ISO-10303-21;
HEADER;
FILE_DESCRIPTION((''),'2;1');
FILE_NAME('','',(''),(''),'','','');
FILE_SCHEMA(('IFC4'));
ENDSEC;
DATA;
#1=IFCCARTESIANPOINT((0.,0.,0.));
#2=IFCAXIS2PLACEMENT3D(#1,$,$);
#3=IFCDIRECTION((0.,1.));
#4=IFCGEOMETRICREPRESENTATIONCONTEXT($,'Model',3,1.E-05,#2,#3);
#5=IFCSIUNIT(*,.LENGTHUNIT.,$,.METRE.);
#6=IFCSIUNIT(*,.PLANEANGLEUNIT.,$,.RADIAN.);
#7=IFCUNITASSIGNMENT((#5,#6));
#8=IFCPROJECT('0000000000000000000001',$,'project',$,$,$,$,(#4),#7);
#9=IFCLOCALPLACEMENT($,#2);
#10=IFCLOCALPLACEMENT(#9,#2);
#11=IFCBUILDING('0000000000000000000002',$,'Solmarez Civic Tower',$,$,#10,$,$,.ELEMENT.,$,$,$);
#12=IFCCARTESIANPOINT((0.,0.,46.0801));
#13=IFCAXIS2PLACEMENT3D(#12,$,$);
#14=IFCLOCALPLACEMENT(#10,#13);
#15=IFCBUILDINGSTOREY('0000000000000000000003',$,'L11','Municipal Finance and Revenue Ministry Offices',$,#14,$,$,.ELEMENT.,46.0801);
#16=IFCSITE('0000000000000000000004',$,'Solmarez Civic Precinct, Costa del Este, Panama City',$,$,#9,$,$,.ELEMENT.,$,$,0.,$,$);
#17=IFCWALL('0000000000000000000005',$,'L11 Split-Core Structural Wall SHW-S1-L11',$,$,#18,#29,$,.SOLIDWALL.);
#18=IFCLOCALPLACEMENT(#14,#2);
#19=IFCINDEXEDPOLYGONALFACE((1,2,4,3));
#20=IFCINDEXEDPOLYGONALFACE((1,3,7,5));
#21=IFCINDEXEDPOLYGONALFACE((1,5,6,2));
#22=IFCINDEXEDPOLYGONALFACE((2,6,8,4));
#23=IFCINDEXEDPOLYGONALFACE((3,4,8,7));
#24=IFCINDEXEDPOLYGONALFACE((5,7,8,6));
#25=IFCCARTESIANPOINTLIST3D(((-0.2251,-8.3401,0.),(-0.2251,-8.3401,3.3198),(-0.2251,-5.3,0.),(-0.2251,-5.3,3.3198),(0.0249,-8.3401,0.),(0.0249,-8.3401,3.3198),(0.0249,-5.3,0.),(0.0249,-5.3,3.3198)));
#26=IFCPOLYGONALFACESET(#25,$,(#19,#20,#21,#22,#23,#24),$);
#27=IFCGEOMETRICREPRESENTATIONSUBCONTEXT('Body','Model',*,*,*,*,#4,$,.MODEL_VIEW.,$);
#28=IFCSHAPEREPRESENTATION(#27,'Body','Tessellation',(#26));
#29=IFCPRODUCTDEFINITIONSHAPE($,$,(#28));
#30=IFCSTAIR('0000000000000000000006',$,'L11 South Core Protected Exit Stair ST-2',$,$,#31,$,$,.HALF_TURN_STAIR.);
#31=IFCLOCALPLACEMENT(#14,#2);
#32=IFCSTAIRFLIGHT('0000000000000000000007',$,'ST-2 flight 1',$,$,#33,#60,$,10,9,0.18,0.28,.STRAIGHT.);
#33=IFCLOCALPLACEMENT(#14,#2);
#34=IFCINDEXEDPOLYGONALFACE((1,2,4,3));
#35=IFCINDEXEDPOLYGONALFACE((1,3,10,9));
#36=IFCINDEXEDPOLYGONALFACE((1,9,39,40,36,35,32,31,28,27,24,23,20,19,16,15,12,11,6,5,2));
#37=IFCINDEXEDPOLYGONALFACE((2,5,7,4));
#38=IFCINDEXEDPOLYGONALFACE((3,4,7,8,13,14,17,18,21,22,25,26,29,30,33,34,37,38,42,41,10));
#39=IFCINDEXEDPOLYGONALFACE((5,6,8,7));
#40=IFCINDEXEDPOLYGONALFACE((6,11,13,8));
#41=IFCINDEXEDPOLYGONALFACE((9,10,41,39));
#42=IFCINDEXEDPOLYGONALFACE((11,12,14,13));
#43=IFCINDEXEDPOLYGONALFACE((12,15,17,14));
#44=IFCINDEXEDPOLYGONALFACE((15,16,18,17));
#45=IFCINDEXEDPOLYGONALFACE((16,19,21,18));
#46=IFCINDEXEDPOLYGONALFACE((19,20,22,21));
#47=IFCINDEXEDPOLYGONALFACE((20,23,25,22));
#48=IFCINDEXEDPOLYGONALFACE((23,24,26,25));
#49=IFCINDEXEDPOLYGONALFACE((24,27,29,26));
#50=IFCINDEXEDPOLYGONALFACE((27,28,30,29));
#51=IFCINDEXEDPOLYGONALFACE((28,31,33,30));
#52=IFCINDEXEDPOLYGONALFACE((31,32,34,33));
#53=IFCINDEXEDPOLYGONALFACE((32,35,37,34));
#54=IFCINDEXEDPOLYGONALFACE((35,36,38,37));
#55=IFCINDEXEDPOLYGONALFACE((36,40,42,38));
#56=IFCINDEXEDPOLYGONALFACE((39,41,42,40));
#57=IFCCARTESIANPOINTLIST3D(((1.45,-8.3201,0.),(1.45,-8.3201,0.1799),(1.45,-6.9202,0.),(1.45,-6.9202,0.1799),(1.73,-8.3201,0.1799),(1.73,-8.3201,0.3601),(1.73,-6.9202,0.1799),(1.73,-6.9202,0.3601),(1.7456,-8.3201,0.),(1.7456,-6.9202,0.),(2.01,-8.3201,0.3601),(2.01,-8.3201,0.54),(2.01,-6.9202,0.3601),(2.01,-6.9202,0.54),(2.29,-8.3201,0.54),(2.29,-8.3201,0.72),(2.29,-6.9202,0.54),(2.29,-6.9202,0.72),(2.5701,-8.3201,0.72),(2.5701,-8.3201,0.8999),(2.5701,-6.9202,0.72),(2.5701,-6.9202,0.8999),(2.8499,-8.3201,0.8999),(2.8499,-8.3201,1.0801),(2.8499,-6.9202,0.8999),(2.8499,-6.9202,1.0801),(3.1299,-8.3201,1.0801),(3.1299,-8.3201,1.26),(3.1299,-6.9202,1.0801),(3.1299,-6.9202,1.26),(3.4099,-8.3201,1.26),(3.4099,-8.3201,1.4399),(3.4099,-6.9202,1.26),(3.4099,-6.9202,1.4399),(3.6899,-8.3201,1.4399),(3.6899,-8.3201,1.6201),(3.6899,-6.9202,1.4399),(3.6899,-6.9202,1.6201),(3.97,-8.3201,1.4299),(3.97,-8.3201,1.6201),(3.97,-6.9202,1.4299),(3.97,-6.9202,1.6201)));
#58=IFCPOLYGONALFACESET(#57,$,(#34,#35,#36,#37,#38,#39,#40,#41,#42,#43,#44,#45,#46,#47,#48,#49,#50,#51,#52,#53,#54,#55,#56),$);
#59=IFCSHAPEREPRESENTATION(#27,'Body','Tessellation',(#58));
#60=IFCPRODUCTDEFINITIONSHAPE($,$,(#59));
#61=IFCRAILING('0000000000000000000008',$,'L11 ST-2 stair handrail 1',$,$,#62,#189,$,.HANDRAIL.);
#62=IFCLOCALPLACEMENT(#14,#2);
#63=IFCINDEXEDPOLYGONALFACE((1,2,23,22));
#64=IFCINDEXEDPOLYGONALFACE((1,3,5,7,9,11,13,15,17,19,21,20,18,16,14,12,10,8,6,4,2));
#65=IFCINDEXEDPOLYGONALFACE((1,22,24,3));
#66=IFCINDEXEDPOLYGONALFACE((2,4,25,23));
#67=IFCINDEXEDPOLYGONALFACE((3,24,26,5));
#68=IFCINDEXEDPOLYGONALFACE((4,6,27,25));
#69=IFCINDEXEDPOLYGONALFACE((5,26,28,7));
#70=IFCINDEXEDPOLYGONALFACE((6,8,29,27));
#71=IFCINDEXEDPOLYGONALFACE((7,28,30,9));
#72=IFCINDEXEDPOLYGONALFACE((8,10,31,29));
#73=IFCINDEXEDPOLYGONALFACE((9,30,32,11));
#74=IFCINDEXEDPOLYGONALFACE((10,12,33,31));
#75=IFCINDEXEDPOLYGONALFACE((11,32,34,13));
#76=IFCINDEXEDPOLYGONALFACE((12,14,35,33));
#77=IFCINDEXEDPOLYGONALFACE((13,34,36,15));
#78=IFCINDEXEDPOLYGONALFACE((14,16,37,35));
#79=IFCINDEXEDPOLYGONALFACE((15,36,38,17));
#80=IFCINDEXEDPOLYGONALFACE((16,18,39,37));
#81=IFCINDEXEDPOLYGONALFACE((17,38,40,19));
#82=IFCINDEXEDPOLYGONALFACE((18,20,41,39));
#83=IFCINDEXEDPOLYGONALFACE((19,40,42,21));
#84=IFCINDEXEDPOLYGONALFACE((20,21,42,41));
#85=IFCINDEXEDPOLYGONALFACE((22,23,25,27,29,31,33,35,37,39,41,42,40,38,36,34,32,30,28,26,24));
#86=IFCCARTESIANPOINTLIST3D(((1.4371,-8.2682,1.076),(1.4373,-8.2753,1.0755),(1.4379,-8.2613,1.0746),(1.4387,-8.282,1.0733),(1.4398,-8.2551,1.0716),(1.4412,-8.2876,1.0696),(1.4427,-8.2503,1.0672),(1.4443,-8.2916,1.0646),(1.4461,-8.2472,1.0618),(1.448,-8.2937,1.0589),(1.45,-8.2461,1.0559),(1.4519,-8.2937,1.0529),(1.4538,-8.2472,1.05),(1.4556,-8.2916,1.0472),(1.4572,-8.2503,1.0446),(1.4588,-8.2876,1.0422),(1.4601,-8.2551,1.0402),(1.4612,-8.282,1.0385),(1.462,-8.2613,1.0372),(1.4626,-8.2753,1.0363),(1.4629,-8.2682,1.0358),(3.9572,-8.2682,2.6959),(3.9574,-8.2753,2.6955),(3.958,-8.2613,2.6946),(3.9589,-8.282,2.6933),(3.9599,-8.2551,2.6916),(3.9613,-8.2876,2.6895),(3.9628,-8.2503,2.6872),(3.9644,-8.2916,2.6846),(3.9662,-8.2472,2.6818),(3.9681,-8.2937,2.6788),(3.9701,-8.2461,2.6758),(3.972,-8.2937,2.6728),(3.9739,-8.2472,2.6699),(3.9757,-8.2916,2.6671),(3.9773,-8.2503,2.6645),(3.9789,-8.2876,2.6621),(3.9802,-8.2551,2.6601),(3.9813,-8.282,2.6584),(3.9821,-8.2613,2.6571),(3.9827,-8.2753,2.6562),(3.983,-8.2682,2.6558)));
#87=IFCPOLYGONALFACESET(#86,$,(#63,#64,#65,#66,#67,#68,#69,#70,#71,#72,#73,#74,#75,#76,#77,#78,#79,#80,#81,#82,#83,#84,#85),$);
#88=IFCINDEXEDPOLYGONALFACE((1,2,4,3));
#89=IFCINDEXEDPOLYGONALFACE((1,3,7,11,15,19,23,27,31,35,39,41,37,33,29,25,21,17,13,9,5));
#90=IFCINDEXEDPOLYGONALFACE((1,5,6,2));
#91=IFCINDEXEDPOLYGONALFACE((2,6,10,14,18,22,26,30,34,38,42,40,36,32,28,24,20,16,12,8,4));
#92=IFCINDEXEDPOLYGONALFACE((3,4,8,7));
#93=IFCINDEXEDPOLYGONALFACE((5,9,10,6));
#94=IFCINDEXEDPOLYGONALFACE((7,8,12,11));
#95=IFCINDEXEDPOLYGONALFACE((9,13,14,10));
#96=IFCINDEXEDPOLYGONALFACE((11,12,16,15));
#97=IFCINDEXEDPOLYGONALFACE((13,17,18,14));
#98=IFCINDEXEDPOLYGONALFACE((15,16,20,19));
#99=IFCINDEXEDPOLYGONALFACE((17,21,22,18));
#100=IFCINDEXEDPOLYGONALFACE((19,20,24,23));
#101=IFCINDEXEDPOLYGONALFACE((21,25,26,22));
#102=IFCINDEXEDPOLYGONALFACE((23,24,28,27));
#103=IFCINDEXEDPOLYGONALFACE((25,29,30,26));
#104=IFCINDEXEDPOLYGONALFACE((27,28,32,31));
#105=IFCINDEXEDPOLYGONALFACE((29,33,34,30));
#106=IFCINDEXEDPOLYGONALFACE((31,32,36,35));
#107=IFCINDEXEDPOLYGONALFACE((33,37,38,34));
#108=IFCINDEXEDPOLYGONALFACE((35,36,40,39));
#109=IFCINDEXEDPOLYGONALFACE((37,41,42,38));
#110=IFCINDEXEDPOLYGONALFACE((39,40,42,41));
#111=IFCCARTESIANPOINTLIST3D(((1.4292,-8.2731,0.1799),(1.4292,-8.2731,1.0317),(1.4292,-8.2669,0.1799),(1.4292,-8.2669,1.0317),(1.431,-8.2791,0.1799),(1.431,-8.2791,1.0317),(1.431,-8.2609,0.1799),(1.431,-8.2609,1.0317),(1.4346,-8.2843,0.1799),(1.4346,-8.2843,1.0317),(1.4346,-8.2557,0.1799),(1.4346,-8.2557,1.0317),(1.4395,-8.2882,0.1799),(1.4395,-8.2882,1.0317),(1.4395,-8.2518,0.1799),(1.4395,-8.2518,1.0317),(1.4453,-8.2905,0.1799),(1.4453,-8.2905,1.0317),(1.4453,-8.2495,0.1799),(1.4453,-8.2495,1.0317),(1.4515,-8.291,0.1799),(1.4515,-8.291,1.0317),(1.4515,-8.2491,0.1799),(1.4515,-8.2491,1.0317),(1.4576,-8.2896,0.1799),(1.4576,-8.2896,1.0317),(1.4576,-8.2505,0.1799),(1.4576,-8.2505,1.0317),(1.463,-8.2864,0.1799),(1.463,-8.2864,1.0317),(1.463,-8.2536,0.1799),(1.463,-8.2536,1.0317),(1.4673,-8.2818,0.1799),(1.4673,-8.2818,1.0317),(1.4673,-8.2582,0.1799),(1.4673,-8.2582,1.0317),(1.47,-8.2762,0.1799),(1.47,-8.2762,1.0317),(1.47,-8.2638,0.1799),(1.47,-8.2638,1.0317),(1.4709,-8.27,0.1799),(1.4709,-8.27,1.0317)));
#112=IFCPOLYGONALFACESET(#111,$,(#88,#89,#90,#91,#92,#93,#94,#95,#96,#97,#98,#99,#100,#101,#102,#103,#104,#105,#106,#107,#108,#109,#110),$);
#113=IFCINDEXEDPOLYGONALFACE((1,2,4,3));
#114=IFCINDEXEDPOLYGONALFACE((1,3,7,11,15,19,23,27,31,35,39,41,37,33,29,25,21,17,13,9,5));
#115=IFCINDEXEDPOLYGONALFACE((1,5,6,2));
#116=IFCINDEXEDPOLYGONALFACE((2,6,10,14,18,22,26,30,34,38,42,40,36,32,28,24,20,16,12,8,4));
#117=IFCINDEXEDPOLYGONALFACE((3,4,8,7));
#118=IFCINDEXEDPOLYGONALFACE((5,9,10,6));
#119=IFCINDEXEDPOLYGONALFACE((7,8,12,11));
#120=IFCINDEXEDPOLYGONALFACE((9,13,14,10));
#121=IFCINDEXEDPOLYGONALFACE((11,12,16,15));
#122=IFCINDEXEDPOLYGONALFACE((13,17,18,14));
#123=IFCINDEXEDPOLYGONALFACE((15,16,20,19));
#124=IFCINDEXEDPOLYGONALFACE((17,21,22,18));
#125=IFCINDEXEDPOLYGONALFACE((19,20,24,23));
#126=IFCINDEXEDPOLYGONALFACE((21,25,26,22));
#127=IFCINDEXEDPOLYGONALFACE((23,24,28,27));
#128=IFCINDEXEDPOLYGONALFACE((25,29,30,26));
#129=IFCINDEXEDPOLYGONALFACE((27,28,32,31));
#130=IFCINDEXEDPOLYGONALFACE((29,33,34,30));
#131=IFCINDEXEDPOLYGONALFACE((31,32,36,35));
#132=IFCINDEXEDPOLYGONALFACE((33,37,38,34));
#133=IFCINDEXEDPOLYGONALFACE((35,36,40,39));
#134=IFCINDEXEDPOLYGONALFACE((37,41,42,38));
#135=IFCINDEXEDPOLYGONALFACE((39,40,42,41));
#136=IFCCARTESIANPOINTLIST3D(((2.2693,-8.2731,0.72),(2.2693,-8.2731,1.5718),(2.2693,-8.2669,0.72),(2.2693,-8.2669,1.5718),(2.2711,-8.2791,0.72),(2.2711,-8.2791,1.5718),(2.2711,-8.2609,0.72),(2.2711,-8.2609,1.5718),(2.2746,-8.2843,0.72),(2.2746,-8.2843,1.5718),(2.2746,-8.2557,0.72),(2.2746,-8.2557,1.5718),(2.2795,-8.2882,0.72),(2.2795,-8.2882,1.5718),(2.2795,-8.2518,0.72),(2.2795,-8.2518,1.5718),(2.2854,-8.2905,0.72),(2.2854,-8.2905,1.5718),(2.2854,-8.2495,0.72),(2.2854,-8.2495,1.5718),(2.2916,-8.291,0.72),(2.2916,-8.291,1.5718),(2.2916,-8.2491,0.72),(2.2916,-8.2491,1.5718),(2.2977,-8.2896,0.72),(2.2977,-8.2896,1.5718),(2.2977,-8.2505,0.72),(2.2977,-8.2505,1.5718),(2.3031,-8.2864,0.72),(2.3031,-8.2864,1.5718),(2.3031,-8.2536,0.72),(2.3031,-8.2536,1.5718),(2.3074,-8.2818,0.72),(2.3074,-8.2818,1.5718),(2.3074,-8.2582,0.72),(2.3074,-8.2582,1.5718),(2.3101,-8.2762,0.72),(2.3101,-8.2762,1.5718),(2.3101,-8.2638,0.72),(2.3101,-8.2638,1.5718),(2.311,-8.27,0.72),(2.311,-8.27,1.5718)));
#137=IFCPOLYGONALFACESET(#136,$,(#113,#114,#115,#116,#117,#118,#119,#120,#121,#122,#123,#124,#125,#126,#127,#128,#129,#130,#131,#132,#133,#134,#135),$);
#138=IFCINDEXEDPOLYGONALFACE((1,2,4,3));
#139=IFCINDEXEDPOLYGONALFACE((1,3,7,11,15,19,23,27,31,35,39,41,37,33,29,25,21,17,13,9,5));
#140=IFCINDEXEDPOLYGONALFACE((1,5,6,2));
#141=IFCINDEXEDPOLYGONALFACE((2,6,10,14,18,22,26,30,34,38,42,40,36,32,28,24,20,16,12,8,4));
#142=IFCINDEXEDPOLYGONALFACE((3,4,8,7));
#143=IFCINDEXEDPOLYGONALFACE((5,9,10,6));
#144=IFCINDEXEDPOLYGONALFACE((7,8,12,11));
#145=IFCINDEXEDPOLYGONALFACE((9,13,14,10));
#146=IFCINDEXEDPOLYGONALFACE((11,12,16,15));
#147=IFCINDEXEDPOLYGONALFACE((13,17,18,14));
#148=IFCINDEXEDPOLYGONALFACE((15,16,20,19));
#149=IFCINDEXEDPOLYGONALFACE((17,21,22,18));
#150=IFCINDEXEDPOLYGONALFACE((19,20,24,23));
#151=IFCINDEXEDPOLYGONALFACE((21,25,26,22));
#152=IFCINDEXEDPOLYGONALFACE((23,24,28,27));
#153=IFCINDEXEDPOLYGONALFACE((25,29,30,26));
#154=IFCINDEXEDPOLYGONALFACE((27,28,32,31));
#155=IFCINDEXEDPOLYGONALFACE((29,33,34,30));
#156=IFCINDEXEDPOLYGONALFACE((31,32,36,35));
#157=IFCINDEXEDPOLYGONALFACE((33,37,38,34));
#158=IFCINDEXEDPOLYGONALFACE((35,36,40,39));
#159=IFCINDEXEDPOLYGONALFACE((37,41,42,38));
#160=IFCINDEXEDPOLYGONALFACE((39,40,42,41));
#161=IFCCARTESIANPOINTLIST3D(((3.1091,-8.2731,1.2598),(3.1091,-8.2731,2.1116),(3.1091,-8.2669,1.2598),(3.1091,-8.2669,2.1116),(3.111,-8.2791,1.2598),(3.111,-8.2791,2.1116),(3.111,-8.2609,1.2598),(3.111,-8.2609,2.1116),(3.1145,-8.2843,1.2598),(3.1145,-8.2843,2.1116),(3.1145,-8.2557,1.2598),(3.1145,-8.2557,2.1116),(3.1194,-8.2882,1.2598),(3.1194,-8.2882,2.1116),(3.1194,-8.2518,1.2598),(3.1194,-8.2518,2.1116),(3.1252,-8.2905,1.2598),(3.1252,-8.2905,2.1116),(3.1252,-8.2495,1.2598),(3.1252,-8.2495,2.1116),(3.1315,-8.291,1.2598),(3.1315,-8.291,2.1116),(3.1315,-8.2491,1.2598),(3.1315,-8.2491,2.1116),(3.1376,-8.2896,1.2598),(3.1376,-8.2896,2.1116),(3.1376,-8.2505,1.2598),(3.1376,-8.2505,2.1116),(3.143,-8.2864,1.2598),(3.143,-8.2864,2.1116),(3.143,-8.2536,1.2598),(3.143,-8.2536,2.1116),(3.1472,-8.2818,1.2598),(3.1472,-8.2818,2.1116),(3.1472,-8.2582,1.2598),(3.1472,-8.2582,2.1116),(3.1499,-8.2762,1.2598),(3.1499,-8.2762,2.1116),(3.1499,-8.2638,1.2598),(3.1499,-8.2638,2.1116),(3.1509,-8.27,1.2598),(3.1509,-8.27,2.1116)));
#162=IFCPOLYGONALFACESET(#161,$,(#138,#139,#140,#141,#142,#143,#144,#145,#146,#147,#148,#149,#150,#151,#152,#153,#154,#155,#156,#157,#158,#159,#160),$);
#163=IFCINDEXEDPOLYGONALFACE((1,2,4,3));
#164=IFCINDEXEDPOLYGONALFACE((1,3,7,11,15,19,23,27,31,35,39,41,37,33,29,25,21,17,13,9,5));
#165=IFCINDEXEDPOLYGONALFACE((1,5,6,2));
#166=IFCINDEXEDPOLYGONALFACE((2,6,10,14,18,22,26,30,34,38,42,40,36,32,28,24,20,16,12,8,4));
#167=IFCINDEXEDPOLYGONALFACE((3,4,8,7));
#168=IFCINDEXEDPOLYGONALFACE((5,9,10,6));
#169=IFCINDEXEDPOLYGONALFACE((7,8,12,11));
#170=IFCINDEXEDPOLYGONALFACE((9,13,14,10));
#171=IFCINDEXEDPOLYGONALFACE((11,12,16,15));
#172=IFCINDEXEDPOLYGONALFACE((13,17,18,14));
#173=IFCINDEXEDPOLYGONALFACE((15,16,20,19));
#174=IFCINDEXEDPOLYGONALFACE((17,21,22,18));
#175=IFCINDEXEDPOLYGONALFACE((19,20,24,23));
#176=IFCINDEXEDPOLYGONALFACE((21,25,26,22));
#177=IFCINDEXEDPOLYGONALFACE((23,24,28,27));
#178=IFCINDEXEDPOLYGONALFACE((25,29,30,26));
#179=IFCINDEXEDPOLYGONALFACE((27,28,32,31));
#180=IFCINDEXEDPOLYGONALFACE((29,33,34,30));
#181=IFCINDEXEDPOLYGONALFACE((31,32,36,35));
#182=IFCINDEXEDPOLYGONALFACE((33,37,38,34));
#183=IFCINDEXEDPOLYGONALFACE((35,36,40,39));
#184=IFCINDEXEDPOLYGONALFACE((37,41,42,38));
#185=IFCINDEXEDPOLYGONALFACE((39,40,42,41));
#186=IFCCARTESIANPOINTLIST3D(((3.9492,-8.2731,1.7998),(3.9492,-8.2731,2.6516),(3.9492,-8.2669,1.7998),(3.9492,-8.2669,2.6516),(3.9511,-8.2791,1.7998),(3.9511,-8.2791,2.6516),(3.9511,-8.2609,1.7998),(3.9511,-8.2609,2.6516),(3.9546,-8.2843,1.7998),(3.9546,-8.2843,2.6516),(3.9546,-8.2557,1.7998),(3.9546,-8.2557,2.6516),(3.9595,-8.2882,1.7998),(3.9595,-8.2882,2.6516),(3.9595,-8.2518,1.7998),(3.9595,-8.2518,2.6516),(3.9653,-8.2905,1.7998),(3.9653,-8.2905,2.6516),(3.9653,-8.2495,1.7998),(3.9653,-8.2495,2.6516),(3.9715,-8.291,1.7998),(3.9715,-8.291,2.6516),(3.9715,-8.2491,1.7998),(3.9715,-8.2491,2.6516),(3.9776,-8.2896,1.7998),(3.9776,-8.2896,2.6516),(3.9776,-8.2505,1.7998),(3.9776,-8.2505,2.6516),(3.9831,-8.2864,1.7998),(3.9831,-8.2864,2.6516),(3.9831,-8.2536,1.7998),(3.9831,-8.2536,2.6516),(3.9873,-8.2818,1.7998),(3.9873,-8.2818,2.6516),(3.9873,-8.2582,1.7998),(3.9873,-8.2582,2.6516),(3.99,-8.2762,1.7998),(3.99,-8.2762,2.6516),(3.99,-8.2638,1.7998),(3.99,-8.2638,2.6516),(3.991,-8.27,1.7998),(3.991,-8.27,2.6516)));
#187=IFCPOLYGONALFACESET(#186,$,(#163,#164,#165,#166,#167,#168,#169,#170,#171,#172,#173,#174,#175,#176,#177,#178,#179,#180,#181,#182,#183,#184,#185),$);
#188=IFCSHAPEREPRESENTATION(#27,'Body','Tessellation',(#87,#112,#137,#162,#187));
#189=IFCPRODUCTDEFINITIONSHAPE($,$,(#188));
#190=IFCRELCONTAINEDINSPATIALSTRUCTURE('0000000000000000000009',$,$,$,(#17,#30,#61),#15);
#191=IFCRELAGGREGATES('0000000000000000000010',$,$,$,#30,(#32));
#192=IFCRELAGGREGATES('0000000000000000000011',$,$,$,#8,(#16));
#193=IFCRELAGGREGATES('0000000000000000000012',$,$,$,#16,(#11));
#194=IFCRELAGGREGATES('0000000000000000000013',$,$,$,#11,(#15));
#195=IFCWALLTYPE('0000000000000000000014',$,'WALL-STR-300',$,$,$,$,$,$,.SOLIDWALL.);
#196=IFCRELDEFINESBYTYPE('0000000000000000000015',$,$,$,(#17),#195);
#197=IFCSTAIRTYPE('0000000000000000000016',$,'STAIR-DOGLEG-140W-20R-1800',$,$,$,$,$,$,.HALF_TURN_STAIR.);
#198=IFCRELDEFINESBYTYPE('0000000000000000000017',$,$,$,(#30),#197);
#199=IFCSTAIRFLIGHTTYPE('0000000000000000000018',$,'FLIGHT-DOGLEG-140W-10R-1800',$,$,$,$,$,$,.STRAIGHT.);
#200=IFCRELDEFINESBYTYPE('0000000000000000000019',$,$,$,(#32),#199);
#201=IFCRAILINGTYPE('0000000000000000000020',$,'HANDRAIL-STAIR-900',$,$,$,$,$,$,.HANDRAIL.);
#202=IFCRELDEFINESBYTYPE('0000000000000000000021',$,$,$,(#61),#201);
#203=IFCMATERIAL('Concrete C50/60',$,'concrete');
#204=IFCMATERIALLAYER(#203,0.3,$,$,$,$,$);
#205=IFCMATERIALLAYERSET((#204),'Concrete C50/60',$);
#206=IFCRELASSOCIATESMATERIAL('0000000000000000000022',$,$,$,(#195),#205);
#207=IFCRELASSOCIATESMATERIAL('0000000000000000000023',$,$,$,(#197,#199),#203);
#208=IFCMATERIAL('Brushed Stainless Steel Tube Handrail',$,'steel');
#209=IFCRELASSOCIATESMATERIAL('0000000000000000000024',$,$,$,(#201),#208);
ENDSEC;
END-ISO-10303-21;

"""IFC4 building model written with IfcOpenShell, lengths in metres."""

from ifc_helpers import new_model, si_unit, direction, frame, frame_2d, origin, origin_2d, place, context, subcontext, project, spatial, polyline, rectangle, circle, outline, extrude, material, layer, layer_set, type_object, element, aggregate, save


model = new_model("IFC4")

# Units and contexts
model_context = context("Model", 3, precision=1e-05, world=origin(), true_north=direction((0.0, 1.0)))
body_context = subcontext(model_context, "Body", "Model", "MODEL_VIEW")
ifc_project = project(units=[si_unit("LENGTHUNIT", "METRE"), si_unit("PLANEANGLEUNIT", "RADIAN")], contexts=[model_context])

# Site, building, storey
site_placement = place(None, origin())
site = spatial("IfcSite", under=ifc_project, at=site_placement, Name="Solmarez Civic Precinct, Costa del Este, Panama City", CompositionType="ELEMENT", RefElevation=0.0)
building_placement = place(site_placement, origin())
building = spatial("IfcBuilding", under=site, at=building_placement, Name="Solmarez Civic Tower", CompositionType="ELEMENT")
storey_placement = place(building_placement, frame((0.0, 0.0, 46.0801)))
storey = spatial("IfcBuildingStorey", under=building, at=storey_placement, Name="L11", Description="Municipal Finance and Revenue Ministry Offices", CompositionType="ELEMENT", Elevation=46.0801)

# Shared definitions
ifc_material_1 = material(Name="Concrete C50/60", Category="concrete")

# Wall
ifc_layer_1 = layer(ifc_material_1, 0.3)
ifc_layer_set_1 = layer_set([ifc_layer_1], Name="Concrete C50/60")
wall_type_1 = type_object("IfcWallType", Name="WALL-STR-300", PredefinedType="SOLIDWALL", material=ifc_layer_set_1)
wall_1_placement = place(storey_placement, frame((-0.1001, -8.3401, 0.0), z_axis=(0.0, 0.0, 1.0), x_axis=(0.0, 1.0, 0.0)))
element("IfcWall", 1, at=wall_1_placement, inside=storey, type_object=wall_type_1, Name="L11 Split-Core Structural Wall SHW-S1-L11", PredefinedType="SOLIDWALL", context=body_context, shape_type="SweptSolid", body=[
    extrude(rectangle(XDim=3.04, YDim=0.25, at=frame_2d((1.52, 0.0))), origin(), (0.0, 0.0, 1.0), 3.3198),
])

# Stair, stair flight
stair_type = type_object("IfcStairType", Name="STAIR-DOGLEG-140W-20R-1800", PredefinedType="HALF_TURN_STAIR", material=ifc_material_1)
stair_placement = place(storey_placement, origin())
stair = element("IfcStair", 2, at=stair_placement, inside=storey, type_object=stair_type, Name="L11 South Core Protected Exit Stair ST-2", PredefinedType="HALF_TURN_STAIR")
stair_flight_type = type_object("IfcStairFlightType", Name="FLIGHT-DOGLEG-140W-10R-1800", PredefinedType="STRAIGHT", material=ifc_material_1)
stair_flight_placement = place(storey_placement, frame((1.45, -7.6201, 0.0), z_axis=(0.0, 0.0, 1.0), x_axis=(1.0, 0.0, 0.0)))
stair_flight = element("IfcStairFlight", 3, at=stair_flight_placement, type_object=stair_flight_type, Name="ST-2 flight 1", NumberOfRisers=10, NumberOfTreads=9, PredefinedType="STRAIGHT", RiserHeight=0.18, TreadLength=0.28, context=body_context, shape_type="SweptSolid", body=[
    extrude(outline(polyline([(0.0, 0.0), (0.0, 0.1799), (0.28, 0.1799), (0.28, 0.3601), (0.5601, 0.3601), (0.5601, 0.54), (0.8401, 0.54), (0.8401, 0.72), (1.1201, 0.72), (1.1201, 0.8999), (1.3999, 0.8999), (1.3999, 1.0801), (1.6799, 1.0801), (1.6799, 1.26), (1.96, 1.26), (1.96, 1.4399), (2.24, 1.4399), (2.24, 1.6201), (2.52, 1.6201), (2.52, 1.8), (2.52, 1.4299), (0.2957, 0.0), (0.0, 0.0)])), frame((0.0, 0.7, 0.0), z_axis=(0.0, -1.0, 0.0), x_axis=(1.0, 0.0, 0.0)), (0.0, 0.0, 1.0), 1.3999),
])
aggregate(stair, [stair_flight])

# Railing
ifc_material_2 = material(Name="Brushed Stainless Steel Tube Handrail", Category="steel")
railing_type = type_object("IfcRailingType", Name="HANDRAIL-STAIR-900", PredefinedType="HANDRAIL", material=ifc_material_2)
railing_placement = place(storey_placement, frame((1.45, -8.27, 0.1799)))
element("IfcRailing", 4, at=railing_placement, inside=storey, type_object=railing_type, Name="L11 ST-2 stair handrail 1", PredefinedType="HANDRAIL", context=body_context, shape_type="SweptSolid", body=[
    extrude(circle(Radius=0.0239, at=origin_2d()), frame((0.0, 0.0, 0.876), z_axis=(0.8412, 0.0, 0.540725), x_axis=(0.0, 1.0, 0.0)), (0.0, 0.0, 1.0), 2.9958),
    extrude(circle(Radius=0.021, at=origin_2d()), origin(), (0.0, 0.0, 1.0), 0.8518),
    extrude(circle(Radius=0.021, at=origin_2d()), frame((0.8401, 0.0, 0.54)), (0.0, 0.0, 1.0), 0.8518),
    extrude(circle(Radius=0.021, at=origin_2d()), frame((1.6799, 0.0, 1.0798)), (0.0, 0.0, 1.0), 0.8518),
    extrude(circle(Radius=0.021, at=origin_2d()), frame((2.52, 0.0, 1.6199)), (0.0, 0.0, 1.0), 0.8518),
])

save(model, "model.ifc")
